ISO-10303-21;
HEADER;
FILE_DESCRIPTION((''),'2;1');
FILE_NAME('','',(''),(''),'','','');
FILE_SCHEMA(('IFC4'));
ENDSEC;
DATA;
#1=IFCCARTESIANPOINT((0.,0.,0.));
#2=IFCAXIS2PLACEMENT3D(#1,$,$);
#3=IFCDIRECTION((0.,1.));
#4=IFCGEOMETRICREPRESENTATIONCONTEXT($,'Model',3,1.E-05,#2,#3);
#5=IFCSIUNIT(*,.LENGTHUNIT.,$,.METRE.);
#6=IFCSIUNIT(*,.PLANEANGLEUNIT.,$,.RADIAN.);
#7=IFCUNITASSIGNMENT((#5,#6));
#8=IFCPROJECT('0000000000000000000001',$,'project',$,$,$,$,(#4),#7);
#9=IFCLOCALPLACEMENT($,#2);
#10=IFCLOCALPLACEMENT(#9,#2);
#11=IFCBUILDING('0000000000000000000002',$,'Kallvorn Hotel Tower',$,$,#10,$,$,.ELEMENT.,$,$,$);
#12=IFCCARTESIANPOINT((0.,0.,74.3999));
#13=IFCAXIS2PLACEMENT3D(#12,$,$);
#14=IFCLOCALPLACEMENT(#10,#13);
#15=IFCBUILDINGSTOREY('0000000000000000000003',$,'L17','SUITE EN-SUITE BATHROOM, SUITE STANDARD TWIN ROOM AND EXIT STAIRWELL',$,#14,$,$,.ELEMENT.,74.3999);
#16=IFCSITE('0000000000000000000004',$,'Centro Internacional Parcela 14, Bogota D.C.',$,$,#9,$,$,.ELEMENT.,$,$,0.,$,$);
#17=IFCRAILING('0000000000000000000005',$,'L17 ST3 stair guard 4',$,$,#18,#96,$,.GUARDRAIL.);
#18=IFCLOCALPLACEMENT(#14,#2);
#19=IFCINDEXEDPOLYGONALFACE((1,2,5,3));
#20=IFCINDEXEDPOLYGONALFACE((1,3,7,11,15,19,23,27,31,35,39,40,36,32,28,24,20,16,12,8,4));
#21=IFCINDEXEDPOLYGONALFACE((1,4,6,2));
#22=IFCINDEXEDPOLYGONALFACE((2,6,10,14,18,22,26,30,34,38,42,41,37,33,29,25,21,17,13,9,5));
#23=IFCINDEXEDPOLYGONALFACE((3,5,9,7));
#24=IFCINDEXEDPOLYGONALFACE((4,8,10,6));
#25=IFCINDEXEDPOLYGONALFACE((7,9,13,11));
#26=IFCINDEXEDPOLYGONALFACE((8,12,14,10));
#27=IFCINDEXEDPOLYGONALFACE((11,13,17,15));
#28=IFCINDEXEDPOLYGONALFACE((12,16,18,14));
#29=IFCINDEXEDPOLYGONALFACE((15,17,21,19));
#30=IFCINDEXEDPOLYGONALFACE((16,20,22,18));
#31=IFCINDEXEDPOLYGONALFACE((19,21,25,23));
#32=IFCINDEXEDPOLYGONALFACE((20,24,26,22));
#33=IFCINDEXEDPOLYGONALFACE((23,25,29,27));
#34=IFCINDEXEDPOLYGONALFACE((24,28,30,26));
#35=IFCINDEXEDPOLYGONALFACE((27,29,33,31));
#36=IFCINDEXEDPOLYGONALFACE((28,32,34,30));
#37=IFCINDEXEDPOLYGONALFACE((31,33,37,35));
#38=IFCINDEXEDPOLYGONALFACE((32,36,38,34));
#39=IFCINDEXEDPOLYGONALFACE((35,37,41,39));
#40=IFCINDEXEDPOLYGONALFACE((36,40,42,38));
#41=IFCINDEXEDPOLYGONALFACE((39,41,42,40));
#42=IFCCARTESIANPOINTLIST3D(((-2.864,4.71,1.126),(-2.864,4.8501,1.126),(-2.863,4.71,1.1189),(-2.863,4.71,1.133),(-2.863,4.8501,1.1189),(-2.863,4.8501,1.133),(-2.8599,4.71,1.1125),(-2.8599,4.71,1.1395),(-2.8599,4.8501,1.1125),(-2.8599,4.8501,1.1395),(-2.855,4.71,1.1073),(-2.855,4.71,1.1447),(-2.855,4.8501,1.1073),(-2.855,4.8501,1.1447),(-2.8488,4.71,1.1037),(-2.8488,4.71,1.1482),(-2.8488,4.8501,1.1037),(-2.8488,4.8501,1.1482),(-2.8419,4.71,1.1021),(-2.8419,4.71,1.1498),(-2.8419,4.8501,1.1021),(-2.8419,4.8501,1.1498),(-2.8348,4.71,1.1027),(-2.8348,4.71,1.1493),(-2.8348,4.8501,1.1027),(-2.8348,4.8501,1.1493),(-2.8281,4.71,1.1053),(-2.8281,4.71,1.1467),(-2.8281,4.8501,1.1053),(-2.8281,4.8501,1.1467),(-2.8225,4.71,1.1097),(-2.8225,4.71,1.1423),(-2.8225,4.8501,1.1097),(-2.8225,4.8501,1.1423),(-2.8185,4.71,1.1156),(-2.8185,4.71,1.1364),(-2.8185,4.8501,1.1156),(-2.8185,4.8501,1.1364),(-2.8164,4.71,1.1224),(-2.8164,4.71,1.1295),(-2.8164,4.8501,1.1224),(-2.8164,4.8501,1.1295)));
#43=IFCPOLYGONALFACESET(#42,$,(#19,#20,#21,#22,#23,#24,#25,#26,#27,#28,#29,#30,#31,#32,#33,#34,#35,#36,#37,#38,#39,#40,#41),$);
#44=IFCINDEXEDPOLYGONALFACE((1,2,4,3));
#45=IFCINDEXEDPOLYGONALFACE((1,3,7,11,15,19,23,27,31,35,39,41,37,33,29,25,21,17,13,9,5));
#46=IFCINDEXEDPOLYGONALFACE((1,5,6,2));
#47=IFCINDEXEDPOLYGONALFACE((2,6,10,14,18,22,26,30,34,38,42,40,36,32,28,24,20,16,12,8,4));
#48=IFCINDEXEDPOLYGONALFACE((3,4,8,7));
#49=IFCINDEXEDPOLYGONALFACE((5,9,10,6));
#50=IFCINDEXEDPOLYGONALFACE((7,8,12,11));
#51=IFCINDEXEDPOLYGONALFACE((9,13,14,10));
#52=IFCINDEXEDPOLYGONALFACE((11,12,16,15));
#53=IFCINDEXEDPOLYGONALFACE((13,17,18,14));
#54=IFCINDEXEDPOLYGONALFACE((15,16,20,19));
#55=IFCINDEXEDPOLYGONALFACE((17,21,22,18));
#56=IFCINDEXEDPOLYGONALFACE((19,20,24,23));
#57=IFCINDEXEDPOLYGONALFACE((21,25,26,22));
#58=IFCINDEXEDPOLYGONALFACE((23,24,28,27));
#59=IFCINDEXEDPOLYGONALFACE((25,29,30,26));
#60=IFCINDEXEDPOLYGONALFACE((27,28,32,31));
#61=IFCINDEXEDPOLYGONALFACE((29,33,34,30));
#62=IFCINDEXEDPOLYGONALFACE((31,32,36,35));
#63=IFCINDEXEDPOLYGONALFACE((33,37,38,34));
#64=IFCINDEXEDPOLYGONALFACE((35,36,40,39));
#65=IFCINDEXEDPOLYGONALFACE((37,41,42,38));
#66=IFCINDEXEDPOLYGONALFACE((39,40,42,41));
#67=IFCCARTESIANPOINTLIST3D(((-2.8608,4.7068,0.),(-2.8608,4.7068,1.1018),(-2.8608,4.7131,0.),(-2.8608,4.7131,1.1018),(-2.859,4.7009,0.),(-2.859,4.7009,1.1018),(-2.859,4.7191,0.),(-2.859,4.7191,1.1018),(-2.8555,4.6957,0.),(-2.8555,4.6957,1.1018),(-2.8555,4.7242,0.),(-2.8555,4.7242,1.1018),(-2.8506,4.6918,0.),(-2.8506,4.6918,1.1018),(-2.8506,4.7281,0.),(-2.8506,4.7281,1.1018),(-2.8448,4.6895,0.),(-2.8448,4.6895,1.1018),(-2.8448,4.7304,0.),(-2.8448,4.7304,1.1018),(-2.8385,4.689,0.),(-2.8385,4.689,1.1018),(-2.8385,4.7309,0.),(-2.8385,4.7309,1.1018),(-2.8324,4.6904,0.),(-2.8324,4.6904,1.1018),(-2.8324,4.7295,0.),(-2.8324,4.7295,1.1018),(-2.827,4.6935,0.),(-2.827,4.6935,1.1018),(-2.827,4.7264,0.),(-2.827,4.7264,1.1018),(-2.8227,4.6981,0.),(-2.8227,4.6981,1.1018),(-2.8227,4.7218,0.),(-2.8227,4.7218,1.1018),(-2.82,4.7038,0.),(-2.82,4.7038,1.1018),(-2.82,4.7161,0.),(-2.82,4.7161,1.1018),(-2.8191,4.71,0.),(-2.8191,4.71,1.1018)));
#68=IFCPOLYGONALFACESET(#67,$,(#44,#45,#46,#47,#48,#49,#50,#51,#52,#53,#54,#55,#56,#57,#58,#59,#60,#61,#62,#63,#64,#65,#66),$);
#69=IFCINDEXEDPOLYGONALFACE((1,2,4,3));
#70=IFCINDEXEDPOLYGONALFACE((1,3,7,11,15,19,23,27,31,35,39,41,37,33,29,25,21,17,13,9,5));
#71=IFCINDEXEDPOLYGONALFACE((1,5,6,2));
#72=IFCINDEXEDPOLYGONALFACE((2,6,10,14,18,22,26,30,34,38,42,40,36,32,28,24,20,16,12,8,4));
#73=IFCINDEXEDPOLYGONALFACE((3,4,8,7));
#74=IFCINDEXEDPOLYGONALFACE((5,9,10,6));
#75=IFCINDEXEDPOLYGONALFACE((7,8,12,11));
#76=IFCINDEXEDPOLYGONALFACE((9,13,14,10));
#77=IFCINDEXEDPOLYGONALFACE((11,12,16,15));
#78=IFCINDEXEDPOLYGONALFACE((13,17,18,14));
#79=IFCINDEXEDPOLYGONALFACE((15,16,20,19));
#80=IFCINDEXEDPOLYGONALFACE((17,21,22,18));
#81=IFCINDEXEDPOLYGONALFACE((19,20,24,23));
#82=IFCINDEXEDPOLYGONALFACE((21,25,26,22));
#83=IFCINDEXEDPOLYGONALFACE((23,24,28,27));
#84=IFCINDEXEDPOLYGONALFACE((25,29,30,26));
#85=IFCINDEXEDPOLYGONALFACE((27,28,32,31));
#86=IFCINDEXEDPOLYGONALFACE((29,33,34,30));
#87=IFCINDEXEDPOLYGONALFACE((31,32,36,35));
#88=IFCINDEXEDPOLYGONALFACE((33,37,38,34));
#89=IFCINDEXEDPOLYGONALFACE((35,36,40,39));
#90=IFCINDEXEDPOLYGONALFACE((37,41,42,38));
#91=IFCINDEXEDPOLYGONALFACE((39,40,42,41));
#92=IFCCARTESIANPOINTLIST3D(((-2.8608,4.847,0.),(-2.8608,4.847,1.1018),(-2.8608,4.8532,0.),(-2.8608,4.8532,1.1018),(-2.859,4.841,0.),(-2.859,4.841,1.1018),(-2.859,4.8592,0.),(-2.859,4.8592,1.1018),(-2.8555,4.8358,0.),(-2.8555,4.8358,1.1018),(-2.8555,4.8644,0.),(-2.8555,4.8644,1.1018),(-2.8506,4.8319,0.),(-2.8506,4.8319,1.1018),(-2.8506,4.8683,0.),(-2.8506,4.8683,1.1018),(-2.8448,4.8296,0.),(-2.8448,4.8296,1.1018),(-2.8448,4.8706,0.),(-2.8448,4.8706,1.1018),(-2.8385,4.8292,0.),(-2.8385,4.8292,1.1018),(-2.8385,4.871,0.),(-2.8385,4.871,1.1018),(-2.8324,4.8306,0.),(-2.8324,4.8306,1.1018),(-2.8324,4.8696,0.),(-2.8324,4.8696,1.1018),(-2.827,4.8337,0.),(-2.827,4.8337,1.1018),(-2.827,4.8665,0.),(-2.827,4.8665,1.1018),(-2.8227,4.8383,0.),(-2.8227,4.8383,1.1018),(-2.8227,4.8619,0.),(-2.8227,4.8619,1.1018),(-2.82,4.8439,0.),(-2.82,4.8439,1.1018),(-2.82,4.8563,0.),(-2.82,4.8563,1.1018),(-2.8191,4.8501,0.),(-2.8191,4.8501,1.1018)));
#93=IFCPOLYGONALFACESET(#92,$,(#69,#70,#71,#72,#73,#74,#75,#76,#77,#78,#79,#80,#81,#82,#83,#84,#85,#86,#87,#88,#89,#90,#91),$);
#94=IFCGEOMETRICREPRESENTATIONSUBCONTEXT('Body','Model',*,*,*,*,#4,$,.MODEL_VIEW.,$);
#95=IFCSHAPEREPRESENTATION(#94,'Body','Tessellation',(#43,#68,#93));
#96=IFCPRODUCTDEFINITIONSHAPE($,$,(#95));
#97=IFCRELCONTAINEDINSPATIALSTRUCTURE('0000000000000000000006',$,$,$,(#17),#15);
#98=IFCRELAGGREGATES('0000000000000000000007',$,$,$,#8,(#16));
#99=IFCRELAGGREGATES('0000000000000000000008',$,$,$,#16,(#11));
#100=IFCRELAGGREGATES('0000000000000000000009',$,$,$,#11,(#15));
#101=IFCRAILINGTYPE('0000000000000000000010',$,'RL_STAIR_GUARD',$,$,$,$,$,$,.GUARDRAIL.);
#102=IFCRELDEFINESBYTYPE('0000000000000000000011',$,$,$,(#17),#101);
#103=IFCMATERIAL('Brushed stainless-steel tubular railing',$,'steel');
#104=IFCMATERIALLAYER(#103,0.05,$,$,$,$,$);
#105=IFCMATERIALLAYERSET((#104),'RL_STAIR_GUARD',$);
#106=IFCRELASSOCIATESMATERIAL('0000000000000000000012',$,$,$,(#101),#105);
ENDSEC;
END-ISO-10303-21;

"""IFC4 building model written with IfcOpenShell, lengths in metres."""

from ifc_helpers import new_model, si_unit, direction, frame, origin, origin_2d, place, context, subcontext, project, spatial, circle, extrude, material, layer, layer_set, type_object, element, save


model = new_model("IFC4")

# Units and contexts
model_context = context("Model", 3, precision=1e-05, world=origin(), true_north=direction((0.0, 1.0)))
body_context = subcontext(model_context, "Body", "Model", "MODEL_VIEW")
ifc_project = project(units=[si_unit("LENGTHUNIT", "METRE"), si_unit("PLANEANGLEUNIT", "RADIAN")], contexts=[model_context])

# Site, building, storey
site_placement = place(None, origin())
site = spatial("IfcSite", under=ifc_project, at=site_placement, Name="Centro Internacional Parcela 14, Bogota D.C.", CompositionType="ELEMENT", RefElevation=0.0)
building_placement = place(site_placement, origin())
building = spatial("IfcBuilding", under=site, at=building_placement, Name="Kallvorn Hotel Tower", CompositionType="ELEMENT")
storey_placement = place(building_placement, frame((0.0, 0.0, 74.3999)))
storey = spatial("IfcBuildingStorey", under=building, at=storey_placement, Name="L17", Description="SUITE EN-SUITE BATHROOM, SUITE STANDARD TWIN ROOM AND EXIT STAIRWELL", CompositionType="ELEMENT", Elevation=74.3999)

# Railing
ifc_material_1 = material(Name="Brushed stainless-steel tubular railing", Category="steel")
ifc_layer_1 = layer(ifc_material_1, 0.05)
ifc_layer_set_1 = layer_set([ifc_layer_1], Name="RL_STAIR_GUARD")
railing_type_1 = type_object("IfcRailingType", Name="RL_STAIR_GUARD", PredefinedType="GUARDRAIL", material=ifc_layer_set_1)
railing_1_placement = place(storey_placement, frame((-2.8401, 4.71, 0.0)))
element("IfcRailing", 1, at=railing_1_placement, inside=storey, type_object=railing_type_1, Name="L17 ST3 stair guard 4", PredefinedType="GUARDRAIL", context=body_context, shape_type="SweptSolid", body=[
    extrude(circle(Radius=0.0239, at=origin_2d()), frame((0.0, 0.0, 1.126), z_axis=(0.0, 1.0, 0.0), x_axis=(-1.0, 0.0, 0.0)), (0.0, 0.0, 1.0), 0.1401),
    extrude(circle(Radius=0.021, at=origin_2d()), origin(), (0.0, 0.0, 1.0), 1.1018),
    extrude(circle(Radius=0.021, at=origin_2d()), frame((0.0, 0.1401, 0.0)), (0.0, 0.0, 1.0), 1.1018),
])

save(model, "model.ifc")
